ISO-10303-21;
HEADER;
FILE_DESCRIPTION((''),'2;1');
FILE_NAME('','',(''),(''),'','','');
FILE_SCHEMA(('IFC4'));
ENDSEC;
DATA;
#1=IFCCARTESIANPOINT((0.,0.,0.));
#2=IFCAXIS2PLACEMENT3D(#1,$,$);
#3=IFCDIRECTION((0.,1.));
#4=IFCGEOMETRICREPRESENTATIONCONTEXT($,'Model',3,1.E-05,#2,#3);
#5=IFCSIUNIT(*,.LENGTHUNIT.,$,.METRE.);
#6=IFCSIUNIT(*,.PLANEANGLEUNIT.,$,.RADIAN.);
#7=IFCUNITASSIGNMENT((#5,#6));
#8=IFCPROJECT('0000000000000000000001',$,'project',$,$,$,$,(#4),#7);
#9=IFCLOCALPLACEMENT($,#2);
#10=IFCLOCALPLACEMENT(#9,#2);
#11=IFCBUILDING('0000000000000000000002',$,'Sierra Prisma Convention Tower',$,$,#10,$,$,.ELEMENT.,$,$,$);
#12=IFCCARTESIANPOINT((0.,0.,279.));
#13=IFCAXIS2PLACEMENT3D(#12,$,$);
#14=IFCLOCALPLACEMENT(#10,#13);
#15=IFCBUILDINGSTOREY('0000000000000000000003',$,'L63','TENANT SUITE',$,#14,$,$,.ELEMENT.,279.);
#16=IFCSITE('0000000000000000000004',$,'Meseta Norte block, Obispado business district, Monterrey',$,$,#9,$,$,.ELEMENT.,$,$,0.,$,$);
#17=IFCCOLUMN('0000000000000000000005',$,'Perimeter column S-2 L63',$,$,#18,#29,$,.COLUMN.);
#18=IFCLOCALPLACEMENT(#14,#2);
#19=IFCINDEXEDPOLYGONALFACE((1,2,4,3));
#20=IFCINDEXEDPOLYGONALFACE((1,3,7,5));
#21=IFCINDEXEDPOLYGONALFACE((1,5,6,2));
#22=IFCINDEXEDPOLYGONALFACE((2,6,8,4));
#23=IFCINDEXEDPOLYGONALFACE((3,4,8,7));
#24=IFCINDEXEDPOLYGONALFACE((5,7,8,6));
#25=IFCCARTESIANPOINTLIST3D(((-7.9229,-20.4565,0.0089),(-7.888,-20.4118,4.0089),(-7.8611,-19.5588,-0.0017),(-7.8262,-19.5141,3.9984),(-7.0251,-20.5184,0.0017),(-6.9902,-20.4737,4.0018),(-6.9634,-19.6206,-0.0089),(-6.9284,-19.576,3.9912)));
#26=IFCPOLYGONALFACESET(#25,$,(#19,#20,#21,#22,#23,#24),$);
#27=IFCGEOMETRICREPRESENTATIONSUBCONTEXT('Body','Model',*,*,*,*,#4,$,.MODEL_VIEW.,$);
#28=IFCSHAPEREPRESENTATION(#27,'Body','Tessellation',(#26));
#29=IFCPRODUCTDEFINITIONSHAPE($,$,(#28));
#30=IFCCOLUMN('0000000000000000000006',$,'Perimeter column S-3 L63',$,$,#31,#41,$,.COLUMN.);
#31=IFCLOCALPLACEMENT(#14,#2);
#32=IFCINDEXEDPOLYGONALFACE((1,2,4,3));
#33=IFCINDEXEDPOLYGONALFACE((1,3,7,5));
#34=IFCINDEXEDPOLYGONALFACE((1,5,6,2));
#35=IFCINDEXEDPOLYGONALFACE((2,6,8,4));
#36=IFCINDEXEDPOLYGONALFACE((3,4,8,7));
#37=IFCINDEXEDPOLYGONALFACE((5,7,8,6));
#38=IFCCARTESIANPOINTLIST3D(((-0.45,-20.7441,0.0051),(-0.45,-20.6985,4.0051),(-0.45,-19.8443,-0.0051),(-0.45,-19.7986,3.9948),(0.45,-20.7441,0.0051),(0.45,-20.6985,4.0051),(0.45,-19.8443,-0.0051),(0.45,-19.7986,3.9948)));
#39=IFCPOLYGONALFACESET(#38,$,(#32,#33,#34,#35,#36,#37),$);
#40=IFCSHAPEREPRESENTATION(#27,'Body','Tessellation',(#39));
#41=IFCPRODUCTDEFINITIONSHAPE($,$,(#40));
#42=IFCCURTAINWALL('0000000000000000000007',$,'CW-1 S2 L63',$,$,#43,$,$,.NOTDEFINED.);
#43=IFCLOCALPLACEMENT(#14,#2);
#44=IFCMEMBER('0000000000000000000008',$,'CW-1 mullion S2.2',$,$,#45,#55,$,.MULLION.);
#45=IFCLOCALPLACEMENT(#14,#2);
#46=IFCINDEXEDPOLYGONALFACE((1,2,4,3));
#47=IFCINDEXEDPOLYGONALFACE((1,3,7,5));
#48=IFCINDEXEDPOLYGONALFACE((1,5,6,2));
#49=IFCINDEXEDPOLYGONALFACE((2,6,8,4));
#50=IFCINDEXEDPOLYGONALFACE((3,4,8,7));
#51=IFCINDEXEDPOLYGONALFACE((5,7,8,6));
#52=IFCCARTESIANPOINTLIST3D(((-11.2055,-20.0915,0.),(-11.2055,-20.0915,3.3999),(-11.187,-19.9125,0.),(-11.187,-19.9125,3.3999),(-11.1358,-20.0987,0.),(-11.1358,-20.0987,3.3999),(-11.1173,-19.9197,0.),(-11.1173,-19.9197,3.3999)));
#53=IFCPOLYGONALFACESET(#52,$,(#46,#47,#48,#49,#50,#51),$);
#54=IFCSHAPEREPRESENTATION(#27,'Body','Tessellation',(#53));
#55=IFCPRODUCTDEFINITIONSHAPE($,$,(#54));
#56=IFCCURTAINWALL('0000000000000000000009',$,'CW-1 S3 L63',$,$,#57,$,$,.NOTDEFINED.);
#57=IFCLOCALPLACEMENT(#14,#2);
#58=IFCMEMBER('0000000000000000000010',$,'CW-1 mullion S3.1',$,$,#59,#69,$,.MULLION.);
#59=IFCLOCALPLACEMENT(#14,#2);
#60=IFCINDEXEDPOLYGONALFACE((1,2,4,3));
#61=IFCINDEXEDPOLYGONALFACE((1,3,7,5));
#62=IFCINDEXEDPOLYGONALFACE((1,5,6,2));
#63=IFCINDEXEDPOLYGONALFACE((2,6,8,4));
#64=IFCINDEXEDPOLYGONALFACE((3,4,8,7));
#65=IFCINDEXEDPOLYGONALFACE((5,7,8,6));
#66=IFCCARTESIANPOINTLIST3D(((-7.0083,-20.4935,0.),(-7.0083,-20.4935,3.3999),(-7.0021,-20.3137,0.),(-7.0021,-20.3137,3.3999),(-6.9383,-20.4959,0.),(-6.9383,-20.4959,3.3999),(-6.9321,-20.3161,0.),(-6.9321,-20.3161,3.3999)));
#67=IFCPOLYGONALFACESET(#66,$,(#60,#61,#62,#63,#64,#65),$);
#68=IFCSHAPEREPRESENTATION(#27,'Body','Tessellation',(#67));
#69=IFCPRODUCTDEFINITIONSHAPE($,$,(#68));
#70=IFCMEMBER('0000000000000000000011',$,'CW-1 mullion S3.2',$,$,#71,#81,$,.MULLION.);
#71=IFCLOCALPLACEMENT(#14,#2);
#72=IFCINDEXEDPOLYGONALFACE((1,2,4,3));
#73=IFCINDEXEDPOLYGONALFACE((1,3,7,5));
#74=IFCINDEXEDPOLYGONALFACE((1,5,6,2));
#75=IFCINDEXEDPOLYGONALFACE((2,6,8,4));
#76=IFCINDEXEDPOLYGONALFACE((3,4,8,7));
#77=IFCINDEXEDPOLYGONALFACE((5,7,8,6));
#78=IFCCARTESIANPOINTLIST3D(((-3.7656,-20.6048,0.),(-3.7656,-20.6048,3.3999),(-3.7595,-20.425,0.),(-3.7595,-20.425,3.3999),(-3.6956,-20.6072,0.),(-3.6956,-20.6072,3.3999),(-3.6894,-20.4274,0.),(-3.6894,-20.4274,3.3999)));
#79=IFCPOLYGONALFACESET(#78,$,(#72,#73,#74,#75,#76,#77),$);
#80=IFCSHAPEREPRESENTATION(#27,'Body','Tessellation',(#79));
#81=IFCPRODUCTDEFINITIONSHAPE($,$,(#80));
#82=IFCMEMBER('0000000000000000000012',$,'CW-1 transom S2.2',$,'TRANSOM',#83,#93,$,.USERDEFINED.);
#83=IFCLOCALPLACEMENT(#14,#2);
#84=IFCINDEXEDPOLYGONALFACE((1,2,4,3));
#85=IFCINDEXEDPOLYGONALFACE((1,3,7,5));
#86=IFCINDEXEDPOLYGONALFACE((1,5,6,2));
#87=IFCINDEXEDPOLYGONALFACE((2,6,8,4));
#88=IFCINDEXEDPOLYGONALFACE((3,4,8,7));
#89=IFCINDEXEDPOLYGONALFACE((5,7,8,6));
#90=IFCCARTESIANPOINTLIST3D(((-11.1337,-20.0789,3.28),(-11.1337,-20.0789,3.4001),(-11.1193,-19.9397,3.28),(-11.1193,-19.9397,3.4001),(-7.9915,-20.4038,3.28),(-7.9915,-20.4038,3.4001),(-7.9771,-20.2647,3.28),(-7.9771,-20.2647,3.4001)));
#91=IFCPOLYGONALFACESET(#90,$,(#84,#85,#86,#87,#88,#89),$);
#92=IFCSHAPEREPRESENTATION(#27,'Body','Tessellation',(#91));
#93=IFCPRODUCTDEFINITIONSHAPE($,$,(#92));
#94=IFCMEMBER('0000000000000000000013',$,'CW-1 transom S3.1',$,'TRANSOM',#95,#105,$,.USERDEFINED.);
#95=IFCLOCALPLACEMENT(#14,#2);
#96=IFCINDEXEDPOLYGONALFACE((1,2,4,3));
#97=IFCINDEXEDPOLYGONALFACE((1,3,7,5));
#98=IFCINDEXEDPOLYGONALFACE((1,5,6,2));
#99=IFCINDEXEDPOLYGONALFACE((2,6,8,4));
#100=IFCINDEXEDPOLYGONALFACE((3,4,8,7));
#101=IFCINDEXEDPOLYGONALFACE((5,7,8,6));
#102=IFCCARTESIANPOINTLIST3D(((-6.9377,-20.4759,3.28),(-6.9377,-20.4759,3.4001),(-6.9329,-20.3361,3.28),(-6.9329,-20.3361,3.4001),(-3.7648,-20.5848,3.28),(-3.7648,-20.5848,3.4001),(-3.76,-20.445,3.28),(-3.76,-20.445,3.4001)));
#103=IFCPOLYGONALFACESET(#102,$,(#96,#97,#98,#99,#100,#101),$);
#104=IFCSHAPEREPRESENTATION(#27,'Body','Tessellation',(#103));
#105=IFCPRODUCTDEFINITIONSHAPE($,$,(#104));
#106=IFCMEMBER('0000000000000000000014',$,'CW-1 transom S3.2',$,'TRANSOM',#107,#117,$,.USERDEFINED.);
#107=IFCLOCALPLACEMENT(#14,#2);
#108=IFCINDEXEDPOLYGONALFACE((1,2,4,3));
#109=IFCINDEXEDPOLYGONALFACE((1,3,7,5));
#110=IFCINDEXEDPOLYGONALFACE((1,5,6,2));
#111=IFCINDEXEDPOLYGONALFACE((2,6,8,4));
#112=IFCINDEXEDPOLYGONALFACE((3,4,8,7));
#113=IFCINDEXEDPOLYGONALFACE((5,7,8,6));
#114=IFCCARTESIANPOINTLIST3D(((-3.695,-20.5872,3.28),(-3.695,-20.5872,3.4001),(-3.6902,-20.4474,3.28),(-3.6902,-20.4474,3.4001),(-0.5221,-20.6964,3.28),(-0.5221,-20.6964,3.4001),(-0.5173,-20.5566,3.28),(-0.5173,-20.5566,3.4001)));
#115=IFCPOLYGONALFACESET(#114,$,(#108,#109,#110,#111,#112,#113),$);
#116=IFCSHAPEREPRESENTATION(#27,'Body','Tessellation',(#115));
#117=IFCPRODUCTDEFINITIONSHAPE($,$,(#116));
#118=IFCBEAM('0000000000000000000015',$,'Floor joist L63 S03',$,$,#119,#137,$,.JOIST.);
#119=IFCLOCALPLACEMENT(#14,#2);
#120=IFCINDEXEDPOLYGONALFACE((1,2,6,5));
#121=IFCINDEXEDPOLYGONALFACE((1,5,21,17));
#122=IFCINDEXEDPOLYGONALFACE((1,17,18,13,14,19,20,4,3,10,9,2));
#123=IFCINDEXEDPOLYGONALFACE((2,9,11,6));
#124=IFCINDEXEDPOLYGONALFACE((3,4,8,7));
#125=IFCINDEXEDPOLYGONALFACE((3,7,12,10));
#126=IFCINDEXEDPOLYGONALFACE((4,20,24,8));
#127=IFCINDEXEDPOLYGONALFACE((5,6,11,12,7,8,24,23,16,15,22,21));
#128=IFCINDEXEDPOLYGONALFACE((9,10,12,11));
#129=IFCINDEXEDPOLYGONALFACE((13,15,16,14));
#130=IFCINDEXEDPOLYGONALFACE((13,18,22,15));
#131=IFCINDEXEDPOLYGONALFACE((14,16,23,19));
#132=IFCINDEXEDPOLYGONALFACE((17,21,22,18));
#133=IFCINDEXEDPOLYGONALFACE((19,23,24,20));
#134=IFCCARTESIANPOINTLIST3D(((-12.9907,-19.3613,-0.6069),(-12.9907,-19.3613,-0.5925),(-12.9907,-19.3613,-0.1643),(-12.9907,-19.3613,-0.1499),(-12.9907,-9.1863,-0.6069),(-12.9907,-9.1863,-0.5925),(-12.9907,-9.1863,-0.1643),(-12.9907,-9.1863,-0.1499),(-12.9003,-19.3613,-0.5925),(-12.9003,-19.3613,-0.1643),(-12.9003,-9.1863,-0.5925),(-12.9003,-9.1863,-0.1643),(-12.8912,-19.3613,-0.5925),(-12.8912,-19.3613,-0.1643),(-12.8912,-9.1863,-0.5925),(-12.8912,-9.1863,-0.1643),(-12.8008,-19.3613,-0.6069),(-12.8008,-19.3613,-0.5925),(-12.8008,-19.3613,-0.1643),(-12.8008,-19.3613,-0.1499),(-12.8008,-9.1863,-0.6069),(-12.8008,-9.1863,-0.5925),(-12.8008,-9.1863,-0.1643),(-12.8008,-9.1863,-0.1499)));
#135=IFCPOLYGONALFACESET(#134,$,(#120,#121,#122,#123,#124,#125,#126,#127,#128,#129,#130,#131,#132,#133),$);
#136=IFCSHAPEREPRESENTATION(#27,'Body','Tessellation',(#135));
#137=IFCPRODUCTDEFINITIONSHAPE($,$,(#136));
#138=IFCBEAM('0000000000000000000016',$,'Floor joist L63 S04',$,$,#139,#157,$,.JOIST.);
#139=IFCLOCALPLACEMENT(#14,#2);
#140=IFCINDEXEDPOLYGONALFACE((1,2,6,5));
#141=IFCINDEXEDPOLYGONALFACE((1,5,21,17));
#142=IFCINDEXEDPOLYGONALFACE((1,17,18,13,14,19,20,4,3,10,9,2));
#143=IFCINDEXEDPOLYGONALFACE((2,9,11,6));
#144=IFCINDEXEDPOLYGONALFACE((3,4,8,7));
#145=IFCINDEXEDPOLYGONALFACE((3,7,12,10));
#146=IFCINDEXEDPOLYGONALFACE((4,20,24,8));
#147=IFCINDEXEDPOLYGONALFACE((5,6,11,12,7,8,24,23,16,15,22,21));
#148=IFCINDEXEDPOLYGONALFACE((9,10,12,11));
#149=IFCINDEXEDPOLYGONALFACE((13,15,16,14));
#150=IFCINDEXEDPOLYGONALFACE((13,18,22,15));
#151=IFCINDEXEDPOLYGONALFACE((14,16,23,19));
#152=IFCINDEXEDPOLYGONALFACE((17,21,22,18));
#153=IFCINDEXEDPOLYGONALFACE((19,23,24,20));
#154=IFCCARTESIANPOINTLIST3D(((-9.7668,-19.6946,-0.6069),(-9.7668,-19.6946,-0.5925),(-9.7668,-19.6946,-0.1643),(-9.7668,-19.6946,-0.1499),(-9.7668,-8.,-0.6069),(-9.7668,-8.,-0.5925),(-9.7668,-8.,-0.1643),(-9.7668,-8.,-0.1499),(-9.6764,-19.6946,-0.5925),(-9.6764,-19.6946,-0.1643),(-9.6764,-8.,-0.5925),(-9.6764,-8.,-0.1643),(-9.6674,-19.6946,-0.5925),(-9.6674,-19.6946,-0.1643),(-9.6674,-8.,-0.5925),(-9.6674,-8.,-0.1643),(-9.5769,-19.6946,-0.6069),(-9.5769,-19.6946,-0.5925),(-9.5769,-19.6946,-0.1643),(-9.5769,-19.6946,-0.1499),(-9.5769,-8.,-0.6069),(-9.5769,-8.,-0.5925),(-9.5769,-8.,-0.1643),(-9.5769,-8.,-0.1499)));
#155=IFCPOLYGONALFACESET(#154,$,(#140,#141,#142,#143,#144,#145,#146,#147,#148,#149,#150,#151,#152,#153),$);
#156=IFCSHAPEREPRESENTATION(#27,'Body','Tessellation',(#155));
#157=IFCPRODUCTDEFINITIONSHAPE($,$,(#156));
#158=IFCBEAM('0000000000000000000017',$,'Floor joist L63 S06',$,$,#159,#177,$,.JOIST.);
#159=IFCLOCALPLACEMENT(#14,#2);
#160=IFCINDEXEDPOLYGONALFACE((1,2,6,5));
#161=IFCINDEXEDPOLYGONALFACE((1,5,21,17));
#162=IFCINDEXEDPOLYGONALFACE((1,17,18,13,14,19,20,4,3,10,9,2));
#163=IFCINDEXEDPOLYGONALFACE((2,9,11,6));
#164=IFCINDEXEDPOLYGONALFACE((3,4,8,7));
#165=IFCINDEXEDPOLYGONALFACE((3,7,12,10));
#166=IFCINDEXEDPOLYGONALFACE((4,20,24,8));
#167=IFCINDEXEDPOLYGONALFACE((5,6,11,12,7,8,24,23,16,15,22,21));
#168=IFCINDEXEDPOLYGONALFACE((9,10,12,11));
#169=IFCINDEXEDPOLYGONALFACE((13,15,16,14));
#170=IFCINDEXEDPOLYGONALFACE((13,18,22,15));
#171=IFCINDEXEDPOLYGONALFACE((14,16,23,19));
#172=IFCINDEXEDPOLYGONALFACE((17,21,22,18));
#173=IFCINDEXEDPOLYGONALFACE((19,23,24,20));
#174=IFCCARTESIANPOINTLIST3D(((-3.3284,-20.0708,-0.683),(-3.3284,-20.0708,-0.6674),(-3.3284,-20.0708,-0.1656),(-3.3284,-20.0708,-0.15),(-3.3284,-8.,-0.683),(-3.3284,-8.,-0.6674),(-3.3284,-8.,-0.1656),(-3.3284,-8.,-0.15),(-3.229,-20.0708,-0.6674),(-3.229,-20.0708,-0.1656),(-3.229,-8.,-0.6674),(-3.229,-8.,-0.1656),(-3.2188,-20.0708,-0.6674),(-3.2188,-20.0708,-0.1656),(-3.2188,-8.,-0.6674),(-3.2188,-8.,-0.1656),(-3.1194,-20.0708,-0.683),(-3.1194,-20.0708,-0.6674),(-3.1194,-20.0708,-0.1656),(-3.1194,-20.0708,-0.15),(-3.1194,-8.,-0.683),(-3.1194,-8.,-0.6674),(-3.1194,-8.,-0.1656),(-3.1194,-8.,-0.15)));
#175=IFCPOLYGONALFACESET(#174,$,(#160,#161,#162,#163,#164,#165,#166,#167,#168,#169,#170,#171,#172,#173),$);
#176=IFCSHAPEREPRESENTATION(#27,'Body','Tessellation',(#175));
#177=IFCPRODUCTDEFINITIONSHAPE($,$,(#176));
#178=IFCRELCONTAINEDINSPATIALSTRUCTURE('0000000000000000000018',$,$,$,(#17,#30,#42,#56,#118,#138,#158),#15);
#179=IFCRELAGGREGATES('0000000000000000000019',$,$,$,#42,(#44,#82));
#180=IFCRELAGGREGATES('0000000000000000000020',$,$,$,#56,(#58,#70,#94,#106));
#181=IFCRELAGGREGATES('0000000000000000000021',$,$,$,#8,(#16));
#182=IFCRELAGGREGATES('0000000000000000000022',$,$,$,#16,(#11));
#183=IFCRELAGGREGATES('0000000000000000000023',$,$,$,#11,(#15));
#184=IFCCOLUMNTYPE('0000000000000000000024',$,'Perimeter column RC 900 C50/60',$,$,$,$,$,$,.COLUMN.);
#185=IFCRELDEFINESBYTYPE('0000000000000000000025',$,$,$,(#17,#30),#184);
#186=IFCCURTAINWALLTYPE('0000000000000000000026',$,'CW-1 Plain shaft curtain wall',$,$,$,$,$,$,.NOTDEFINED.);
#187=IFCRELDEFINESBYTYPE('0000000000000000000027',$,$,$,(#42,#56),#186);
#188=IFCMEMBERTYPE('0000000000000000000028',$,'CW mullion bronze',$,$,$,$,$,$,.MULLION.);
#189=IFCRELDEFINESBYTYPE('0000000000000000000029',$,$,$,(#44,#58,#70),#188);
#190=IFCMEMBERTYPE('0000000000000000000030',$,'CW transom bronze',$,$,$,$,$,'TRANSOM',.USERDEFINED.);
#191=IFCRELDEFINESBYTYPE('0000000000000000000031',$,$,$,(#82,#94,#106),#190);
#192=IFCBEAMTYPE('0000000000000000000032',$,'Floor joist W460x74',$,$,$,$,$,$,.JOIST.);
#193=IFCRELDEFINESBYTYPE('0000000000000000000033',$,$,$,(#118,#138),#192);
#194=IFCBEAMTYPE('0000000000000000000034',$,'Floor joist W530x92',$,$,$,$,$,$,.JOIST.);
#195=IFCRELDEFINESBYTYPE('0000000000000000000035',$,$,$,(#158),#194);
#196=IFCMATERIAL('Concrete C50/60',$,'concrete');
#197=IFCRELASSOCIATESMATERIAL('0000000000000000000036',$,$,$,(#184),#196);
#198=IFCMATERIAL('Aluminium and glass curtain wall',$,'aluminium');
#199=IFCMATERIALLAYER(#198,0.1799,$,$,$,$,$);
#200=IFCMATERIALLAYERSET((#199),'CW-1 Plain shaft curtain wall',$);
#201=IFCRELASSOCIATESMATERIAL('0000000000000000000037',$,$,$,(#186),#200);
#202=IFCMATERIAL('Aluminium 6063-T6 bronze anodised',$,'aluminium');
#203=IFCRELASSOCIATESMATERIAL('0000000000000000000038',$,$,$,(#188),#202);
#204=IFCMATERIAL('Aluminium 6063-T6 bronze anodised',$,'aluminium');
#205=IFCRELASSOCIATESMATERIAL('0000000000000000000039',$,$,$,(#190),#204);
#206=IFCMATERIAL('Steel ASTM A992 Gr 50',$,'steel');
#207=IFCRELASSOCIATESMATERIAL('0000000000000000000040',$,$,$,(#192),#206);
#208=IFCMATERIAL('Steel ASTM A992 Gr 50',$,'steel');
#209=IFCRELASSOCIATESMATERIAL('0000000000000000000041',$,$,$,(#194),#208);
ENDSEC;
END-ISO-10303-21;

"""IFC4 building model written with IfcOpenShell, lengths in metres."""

from ifc_helpers import new_model, si_unit, direction, frame, origin, origin_2d, place, context, subcontext, project, spatial, rectangle, i_section, extrude, material, layer, layer_set, material_profile, profile_set, type_object, element, aggregate, save


model = new_model("IFC4")

# Units and contexts
model_context = context("Model", 3, precision=1e-05, world=origin(), true_north=direction((0.0, 1.0)))
body_context = subcontext(model_context, "Body", "Model", "MODEL_VIEW")
ifc_project = project(units=[si_unit("LENGTHUNIT", "METRE"), si_unit("PLANEANGLEUNIT", "RADIAN")], contexts=[model_context])

# Site, building, storey
site_placement = place(None, origin())
site = spatial("IfcSite", under=ifc_project, at=site_placement, Name="Meseta Norte block, Obispado business district, Monterrey", CompositionType="ELEMENT", RefElevation=0.0)
building_placement = place(site_placement, origin())
building = spatial("IfcBuilding", under=site, at=building_placement, Name="Sierra Prisma Convention Tower", CompositionType="ELEMENT")
storey_placement = place(building_placement, frame((0.0, 0.0, 279.0)))
storey = spatial("IfcBuildingStorey", under=building, at=storey_placement, Name="L63", Description="TENANT SUITE", CompositionType="ELEMENT", Elevation=279.0)

# Columns
ifc_material_1 = material(Name="Concrete C50/60", Category="concrete")
ifc_material_profile_1 = material_profile(ifc_material_1, rectangle(XDim=0.8999, YDim=0.8999, at=origin_2d()), Name="Perimeter column RC 900 C50/60")
ifc_profile_set_1 = profile_set([ifc_material_profile_1], Name="Concrete C50/60")
column_type = type_object("IfcColumnType", Name="Perimeter column RC 900 C50/60", PredefinedType="COLUMN", material=ifc_profile_set_1)
column_1_placement = place(storey_placement, frame((-7.4431, -20.0386, 0.0), z_axis=(0.008727, 0.011168, 0.9999), x_axis=(-0.997603, 0.068737, 0.007939)))
element("IfcColumn", 1, at=column_1_placement, inside=storey, type_object=column_type, Name="Perimeter column S-2 L63", PredefinedType="COLUMN", context=body_context, shape_type="SweptSolid", body=[
    extrude(rectangle(XDim=0.8999, YDim=0.8999, at=origin_2d()), origin(), (0.0, 0.0, 1.0), 4.0005),
])
column_2_placement = place(storey_placement, frame((0.0, -20.2942, 0.0), z_axis=(0.0, 0.011413, 0.999935), x_axis=(1.0, 0.0, 0.0)))
element("IfcColumn", 2, at=column_2_placement, inside=storey, type_object=column_type, Name="Perimeter column S-3 L63", PredefinedType="COLUMN", context=body_context, shape_type="SweptSolid", body=[
    extrude(rectangle(XDim=0.8999, YDim=0.8999, at=origin_2d()), origin(), (0.0, 0.0, 1.0), 4.0002),
])

# Curtain wall, member
ifc_material_2 = material(Name="Aluminium and glass curtain wall", Category="aluminium")
ifc_layer_1 = layer(ifc_material_2, 0.1799)
ifc_layer_set_1 = layer_set([ifc_layer_1], Name="CW-1 Plain shaft curtain wall")
curtain_wall_type = type_object("IfcCurtainWallType", Name="CW-1 Plain shaft curtain wall", PredefinedType="NOTDEFINED", material=ifc_layer_set_1)
curtain_wall_1_placement = place(storey_placement, origin())
curtain_wall_1 = element("IfcCurtainWall", 3, at=curtain_wall_1_placement, inside=storey, type_object=curtain_wall_type, Name="CW-1 S2 L63", PredefinedType="NOTDEFINED")
ifc_material_3 = material(Name="Aluminium 6063-T6 bronze anodised", Category="aluminium")
ifc_material_profile_2 = material_profile(ifc_material_3, rectangle(XDim=0.1799, YDim=0.0701, at=origin_2d()), Name="ALU MULLION 70x180")
ifc_profile_set_2 = profile_set([ifc_material_profile_2], Name="Aluminium 6063-T6 bronze anodised")
member_type_1 = type_object("IfcMemberType", Name="CW mullion bronze", PredefinedType="MULLION", material=ifc_profile_set_2)
member_1_placement = place(storey_placement, frame((-11.1614, -20.0056, 0.0), z_axis=(0.0, 0.0, 1.0), x_axis=(0.102865, 0.994695, 0.0)))
member_1 = element("IfcMember", 4, at=member_1_placement, type_object=member_type_1, Name="CW-1 mullion S2.2", PredefinedType="MULLION", context=body_context, shape_type="SweptSolid", body=[
    extrude(rectangle(XDim=0.1799, YDim=0.0701, at=origin_2d()), origin(), (0.0, 0.0, 1.0), 3.3999),
])

# Curtain wall, members
curtain_wall_2_placement = place(storey_placement, origin())
curtain_wall_2 = element("IfcCurtainWall", 5, at=curtain_wall_2_placement, inside=storey, type_object=curtain_wall_type, Name="CW-1 S3 L63", PredefinedType="NOTDEFINED")
member_2_placement = place(storey_placement, frame((-6.9702, -20.4048, 0.0), z_axis=(0.0, 0.0, 1.0), x_axis=(0.034342, 0.99941, 0.0)))
member_2 = element("IfcMember", 6, at=member_2_placement, type_object=member_type_1, Name="CW-1 mullion S3.1", PredefinedType="MULLION", context=body_context, shape_type="SweptSolid", body=[
    extrude(rectangle(XDim=0.1799, YDim=0.0701, at=origin_2d()), origin(), (0.0, 0.0, 1.0), 3.3999),
])
member_3_placement = place(storey_placement, frame((-3.7275, -20.5161, 0.0), z_axis=(0.0, 0.0, 1.0), x_axis=(0.034342, 0.99941, 0.0)))
member_3 = element("IfcMember", 7, at=member_3_placement, type_object=member_type_1, Name="CW-1 mullion S3.2", PredefinedType="MULLION", context=body_context, shape_type="SweptSolid", body=[
    extrude(rectangle(XDim=0.1799, YDim=0.0701, at=origin_2d()), origin(), (0.0, 0.0, 1.0), 3.3999),
])

# Members
ifc_material_4 = material(Name="Aluminium 6063-T6 bronze anodised", Category="aluminium")
ifc_material_profile_3 = material_profile(ifc_material_4, rectangle(XDim=0.1399, YDim=0.1201, at=origin_2d()), Name="ALU TRANSOM 120x140")
ifc_profile_set_3 = profile_set([ifc_material_profile_3], Name="Aluminium 6063-T6 bronze anodised")
member_type_2 = type_object("IfcMemberType", Name="CW transom bronze", ElementType="TRANSOM", PredefinedType="USERDEFINED", material=ifc_profile_set_3)
member_4_placement = place(storey_placement, frame((-11.1265, -20.0093, 3.3401), z_axis=(0.994695, -0.10287, 0.0), x_axis=(0.10287, 0.994695, 0.0)))
member_4 = element("IfcMember", 8, at=member_4_placement, type_object=member_type_2, Name="CW-1 transom S2.2", ObjectType="TRANSOM", PredefinedType="USERDEFINED", context=body_context, shape_type="SweptSolid", body=[
    extrude(rectangle(XDim=0.1399, YDim=0.1201, at=origin_2d()), origin(), (0.0, 0.0, 1.0), 3.1589),
])
member_5_placement = place(storey_placement, frame((-6.9353, -20.406, 3.3401), z_axis=(0.999412, -0.034298, 0.0), x_axis=(0.034298, 0.999412, 0.0)))
member_5 = element("IfcMember", 9, at=member_5_placement, type_object=member_type_2, Name="CW-1 transom S3.1", ObjectType="TRANSOM", PredefinedType="USERDEFINED", context=body_context, shape_type="SweptSolid", body=[
    extrude(rectangle(XDim=0.1399, YDim=0.1201, at=origin_2d()), origin(), (0.0, 0.0, 1.0), 3.1748),
])
member_6_placement = place(storey_placement, frame((-3.6926, -20.5173, 3.3401), z_axis=(0.999409, -0.034375, 0.0), x_axis=(0.034375, 0.999409, 0.0)))
member_6 = element("IfcMember", 10, at=member_6_placement, type_object=member_type_2, Name="CW-1 transom S3.2", ObjectType="TRANSOM", PredefinedType="USERDEFINED", context=body_context, shape_type="SweptSolid", body=[
    extrude(rectangle(XDim=0.1399, YDim=0.1201, at=origin_2d()), origin(), (0.0, 0.0, 1.0), 3.1748),
])

# Beams
ifc_material_5 = material(Name="Steel ASTM A992 Gr 50", Category="steel")
ifc_material_profile_4 = material_profile(ifc_material_5, i_section(OverallWidth=0.1899, OverallDepth=0.457, WebThickness=0.009, FlangeThickness=0.0144, at=origin_2d()), Name="W460x74")
ifc_profile_set_4 = profile_set([ifc_material_profile_4], Name="Steel ASTM A992 Gr 50")
beam_type_1 = type_object("IfcBeamType", Name="Floor joist W460x74", PredefinedType="JOIST", material=ifc_profile_set_4)
beam_1_placement = place(storey_placement, frame((-12.8958, -19.3613, -0.3784), z_axis=(0.0, 1.0, 0.0), x_axis=(-1.0, 0.0, 0.0)))
element("IfcBeam", 11, at=beam_1_placement, inside=storey, type_object=beam_type_1, Name="Floor joist L63 S03", PredefinedType="JOIST", context=body_context, shape_type="SweptSolid", body=[
    extrude(i_section(OverallWidth=0.1899, OverallDepth=0.457, WebThickness=0.009, FlangeThickness=0.0144, at=origin_2d()), origin(), (0.0, 0.0, 1.0), 10.175),
])
beam_2_placement = place(storey_placement, frame((-9.6719, -19.6946, -0.3784), z_axis=(0.0, 1.0, 0.0), x_axis=(-1.0, 0.0, 0.0)))
element("IfcBeam", 12, at=beam_2_placement, inside=storey, type_object=beam_type_1, Name="Floor joist L63 S04", PredefinedType="JOIST", context=body_context, shape_type="SweptSolid", body=[
    extrude(i_section(OverallWidth=0.1899, OverallDepth=0.457, WebThickness=0.009, FlangeThickness=0.0144, at=origin_2d()), origin(), (0.0, 0.0, 1.0), 11.6946),
])
ifc_material_6 = material(Name="Steel ASTM A992 Gr 50", Category="steel")
ifc_material_profile_5 = material_profile(ifc_material_6, i_section(OverallWidth=0.209, OverallDepth=0.533, WebThickness=0.0103, FlangeThickness=0.0156, at=origin_2d()), Name="W530x92")
ifc_profile_set_5 = profile_set([ifc_material_profile_5], Name="Steel ASTM A992 Gr 50")
beam_type_2 = type_object("IfcBeamType", Name="Floor joist W530x92", PredefinedType="JOIST", material=ifc_profile_set_5)
beam_3_placement = place(storey_placement, frame((-3.2239, -20.0708, -0.4165), z_axis=(0.0, 1.0, 0.0), x_axis=(-1.0, 0.0, 0.0)))
element("IfcBeam", 13, at=beam_3_placement, inside=storey, type_object=beam_type_2, Name="Floor joist L63 S06", PredefinedType="JOIST", context=body_context, shape_type="SweptSolid", body=[
    extrude(i_section(OverallWidth=0.209, OverallDepth=0.533, WebThickness=0.0103, FlangeThickness=0.0156, at=origin_2d()), origin(), (0.0, 0.0, 1.0), 12.0708),
])

aggregate(curtain_wall_1, [member_1, member_4])
aggregate(curtain_wall_2, [member_2, member_3, member_5, member_6])

save(model, "model.ifc")
